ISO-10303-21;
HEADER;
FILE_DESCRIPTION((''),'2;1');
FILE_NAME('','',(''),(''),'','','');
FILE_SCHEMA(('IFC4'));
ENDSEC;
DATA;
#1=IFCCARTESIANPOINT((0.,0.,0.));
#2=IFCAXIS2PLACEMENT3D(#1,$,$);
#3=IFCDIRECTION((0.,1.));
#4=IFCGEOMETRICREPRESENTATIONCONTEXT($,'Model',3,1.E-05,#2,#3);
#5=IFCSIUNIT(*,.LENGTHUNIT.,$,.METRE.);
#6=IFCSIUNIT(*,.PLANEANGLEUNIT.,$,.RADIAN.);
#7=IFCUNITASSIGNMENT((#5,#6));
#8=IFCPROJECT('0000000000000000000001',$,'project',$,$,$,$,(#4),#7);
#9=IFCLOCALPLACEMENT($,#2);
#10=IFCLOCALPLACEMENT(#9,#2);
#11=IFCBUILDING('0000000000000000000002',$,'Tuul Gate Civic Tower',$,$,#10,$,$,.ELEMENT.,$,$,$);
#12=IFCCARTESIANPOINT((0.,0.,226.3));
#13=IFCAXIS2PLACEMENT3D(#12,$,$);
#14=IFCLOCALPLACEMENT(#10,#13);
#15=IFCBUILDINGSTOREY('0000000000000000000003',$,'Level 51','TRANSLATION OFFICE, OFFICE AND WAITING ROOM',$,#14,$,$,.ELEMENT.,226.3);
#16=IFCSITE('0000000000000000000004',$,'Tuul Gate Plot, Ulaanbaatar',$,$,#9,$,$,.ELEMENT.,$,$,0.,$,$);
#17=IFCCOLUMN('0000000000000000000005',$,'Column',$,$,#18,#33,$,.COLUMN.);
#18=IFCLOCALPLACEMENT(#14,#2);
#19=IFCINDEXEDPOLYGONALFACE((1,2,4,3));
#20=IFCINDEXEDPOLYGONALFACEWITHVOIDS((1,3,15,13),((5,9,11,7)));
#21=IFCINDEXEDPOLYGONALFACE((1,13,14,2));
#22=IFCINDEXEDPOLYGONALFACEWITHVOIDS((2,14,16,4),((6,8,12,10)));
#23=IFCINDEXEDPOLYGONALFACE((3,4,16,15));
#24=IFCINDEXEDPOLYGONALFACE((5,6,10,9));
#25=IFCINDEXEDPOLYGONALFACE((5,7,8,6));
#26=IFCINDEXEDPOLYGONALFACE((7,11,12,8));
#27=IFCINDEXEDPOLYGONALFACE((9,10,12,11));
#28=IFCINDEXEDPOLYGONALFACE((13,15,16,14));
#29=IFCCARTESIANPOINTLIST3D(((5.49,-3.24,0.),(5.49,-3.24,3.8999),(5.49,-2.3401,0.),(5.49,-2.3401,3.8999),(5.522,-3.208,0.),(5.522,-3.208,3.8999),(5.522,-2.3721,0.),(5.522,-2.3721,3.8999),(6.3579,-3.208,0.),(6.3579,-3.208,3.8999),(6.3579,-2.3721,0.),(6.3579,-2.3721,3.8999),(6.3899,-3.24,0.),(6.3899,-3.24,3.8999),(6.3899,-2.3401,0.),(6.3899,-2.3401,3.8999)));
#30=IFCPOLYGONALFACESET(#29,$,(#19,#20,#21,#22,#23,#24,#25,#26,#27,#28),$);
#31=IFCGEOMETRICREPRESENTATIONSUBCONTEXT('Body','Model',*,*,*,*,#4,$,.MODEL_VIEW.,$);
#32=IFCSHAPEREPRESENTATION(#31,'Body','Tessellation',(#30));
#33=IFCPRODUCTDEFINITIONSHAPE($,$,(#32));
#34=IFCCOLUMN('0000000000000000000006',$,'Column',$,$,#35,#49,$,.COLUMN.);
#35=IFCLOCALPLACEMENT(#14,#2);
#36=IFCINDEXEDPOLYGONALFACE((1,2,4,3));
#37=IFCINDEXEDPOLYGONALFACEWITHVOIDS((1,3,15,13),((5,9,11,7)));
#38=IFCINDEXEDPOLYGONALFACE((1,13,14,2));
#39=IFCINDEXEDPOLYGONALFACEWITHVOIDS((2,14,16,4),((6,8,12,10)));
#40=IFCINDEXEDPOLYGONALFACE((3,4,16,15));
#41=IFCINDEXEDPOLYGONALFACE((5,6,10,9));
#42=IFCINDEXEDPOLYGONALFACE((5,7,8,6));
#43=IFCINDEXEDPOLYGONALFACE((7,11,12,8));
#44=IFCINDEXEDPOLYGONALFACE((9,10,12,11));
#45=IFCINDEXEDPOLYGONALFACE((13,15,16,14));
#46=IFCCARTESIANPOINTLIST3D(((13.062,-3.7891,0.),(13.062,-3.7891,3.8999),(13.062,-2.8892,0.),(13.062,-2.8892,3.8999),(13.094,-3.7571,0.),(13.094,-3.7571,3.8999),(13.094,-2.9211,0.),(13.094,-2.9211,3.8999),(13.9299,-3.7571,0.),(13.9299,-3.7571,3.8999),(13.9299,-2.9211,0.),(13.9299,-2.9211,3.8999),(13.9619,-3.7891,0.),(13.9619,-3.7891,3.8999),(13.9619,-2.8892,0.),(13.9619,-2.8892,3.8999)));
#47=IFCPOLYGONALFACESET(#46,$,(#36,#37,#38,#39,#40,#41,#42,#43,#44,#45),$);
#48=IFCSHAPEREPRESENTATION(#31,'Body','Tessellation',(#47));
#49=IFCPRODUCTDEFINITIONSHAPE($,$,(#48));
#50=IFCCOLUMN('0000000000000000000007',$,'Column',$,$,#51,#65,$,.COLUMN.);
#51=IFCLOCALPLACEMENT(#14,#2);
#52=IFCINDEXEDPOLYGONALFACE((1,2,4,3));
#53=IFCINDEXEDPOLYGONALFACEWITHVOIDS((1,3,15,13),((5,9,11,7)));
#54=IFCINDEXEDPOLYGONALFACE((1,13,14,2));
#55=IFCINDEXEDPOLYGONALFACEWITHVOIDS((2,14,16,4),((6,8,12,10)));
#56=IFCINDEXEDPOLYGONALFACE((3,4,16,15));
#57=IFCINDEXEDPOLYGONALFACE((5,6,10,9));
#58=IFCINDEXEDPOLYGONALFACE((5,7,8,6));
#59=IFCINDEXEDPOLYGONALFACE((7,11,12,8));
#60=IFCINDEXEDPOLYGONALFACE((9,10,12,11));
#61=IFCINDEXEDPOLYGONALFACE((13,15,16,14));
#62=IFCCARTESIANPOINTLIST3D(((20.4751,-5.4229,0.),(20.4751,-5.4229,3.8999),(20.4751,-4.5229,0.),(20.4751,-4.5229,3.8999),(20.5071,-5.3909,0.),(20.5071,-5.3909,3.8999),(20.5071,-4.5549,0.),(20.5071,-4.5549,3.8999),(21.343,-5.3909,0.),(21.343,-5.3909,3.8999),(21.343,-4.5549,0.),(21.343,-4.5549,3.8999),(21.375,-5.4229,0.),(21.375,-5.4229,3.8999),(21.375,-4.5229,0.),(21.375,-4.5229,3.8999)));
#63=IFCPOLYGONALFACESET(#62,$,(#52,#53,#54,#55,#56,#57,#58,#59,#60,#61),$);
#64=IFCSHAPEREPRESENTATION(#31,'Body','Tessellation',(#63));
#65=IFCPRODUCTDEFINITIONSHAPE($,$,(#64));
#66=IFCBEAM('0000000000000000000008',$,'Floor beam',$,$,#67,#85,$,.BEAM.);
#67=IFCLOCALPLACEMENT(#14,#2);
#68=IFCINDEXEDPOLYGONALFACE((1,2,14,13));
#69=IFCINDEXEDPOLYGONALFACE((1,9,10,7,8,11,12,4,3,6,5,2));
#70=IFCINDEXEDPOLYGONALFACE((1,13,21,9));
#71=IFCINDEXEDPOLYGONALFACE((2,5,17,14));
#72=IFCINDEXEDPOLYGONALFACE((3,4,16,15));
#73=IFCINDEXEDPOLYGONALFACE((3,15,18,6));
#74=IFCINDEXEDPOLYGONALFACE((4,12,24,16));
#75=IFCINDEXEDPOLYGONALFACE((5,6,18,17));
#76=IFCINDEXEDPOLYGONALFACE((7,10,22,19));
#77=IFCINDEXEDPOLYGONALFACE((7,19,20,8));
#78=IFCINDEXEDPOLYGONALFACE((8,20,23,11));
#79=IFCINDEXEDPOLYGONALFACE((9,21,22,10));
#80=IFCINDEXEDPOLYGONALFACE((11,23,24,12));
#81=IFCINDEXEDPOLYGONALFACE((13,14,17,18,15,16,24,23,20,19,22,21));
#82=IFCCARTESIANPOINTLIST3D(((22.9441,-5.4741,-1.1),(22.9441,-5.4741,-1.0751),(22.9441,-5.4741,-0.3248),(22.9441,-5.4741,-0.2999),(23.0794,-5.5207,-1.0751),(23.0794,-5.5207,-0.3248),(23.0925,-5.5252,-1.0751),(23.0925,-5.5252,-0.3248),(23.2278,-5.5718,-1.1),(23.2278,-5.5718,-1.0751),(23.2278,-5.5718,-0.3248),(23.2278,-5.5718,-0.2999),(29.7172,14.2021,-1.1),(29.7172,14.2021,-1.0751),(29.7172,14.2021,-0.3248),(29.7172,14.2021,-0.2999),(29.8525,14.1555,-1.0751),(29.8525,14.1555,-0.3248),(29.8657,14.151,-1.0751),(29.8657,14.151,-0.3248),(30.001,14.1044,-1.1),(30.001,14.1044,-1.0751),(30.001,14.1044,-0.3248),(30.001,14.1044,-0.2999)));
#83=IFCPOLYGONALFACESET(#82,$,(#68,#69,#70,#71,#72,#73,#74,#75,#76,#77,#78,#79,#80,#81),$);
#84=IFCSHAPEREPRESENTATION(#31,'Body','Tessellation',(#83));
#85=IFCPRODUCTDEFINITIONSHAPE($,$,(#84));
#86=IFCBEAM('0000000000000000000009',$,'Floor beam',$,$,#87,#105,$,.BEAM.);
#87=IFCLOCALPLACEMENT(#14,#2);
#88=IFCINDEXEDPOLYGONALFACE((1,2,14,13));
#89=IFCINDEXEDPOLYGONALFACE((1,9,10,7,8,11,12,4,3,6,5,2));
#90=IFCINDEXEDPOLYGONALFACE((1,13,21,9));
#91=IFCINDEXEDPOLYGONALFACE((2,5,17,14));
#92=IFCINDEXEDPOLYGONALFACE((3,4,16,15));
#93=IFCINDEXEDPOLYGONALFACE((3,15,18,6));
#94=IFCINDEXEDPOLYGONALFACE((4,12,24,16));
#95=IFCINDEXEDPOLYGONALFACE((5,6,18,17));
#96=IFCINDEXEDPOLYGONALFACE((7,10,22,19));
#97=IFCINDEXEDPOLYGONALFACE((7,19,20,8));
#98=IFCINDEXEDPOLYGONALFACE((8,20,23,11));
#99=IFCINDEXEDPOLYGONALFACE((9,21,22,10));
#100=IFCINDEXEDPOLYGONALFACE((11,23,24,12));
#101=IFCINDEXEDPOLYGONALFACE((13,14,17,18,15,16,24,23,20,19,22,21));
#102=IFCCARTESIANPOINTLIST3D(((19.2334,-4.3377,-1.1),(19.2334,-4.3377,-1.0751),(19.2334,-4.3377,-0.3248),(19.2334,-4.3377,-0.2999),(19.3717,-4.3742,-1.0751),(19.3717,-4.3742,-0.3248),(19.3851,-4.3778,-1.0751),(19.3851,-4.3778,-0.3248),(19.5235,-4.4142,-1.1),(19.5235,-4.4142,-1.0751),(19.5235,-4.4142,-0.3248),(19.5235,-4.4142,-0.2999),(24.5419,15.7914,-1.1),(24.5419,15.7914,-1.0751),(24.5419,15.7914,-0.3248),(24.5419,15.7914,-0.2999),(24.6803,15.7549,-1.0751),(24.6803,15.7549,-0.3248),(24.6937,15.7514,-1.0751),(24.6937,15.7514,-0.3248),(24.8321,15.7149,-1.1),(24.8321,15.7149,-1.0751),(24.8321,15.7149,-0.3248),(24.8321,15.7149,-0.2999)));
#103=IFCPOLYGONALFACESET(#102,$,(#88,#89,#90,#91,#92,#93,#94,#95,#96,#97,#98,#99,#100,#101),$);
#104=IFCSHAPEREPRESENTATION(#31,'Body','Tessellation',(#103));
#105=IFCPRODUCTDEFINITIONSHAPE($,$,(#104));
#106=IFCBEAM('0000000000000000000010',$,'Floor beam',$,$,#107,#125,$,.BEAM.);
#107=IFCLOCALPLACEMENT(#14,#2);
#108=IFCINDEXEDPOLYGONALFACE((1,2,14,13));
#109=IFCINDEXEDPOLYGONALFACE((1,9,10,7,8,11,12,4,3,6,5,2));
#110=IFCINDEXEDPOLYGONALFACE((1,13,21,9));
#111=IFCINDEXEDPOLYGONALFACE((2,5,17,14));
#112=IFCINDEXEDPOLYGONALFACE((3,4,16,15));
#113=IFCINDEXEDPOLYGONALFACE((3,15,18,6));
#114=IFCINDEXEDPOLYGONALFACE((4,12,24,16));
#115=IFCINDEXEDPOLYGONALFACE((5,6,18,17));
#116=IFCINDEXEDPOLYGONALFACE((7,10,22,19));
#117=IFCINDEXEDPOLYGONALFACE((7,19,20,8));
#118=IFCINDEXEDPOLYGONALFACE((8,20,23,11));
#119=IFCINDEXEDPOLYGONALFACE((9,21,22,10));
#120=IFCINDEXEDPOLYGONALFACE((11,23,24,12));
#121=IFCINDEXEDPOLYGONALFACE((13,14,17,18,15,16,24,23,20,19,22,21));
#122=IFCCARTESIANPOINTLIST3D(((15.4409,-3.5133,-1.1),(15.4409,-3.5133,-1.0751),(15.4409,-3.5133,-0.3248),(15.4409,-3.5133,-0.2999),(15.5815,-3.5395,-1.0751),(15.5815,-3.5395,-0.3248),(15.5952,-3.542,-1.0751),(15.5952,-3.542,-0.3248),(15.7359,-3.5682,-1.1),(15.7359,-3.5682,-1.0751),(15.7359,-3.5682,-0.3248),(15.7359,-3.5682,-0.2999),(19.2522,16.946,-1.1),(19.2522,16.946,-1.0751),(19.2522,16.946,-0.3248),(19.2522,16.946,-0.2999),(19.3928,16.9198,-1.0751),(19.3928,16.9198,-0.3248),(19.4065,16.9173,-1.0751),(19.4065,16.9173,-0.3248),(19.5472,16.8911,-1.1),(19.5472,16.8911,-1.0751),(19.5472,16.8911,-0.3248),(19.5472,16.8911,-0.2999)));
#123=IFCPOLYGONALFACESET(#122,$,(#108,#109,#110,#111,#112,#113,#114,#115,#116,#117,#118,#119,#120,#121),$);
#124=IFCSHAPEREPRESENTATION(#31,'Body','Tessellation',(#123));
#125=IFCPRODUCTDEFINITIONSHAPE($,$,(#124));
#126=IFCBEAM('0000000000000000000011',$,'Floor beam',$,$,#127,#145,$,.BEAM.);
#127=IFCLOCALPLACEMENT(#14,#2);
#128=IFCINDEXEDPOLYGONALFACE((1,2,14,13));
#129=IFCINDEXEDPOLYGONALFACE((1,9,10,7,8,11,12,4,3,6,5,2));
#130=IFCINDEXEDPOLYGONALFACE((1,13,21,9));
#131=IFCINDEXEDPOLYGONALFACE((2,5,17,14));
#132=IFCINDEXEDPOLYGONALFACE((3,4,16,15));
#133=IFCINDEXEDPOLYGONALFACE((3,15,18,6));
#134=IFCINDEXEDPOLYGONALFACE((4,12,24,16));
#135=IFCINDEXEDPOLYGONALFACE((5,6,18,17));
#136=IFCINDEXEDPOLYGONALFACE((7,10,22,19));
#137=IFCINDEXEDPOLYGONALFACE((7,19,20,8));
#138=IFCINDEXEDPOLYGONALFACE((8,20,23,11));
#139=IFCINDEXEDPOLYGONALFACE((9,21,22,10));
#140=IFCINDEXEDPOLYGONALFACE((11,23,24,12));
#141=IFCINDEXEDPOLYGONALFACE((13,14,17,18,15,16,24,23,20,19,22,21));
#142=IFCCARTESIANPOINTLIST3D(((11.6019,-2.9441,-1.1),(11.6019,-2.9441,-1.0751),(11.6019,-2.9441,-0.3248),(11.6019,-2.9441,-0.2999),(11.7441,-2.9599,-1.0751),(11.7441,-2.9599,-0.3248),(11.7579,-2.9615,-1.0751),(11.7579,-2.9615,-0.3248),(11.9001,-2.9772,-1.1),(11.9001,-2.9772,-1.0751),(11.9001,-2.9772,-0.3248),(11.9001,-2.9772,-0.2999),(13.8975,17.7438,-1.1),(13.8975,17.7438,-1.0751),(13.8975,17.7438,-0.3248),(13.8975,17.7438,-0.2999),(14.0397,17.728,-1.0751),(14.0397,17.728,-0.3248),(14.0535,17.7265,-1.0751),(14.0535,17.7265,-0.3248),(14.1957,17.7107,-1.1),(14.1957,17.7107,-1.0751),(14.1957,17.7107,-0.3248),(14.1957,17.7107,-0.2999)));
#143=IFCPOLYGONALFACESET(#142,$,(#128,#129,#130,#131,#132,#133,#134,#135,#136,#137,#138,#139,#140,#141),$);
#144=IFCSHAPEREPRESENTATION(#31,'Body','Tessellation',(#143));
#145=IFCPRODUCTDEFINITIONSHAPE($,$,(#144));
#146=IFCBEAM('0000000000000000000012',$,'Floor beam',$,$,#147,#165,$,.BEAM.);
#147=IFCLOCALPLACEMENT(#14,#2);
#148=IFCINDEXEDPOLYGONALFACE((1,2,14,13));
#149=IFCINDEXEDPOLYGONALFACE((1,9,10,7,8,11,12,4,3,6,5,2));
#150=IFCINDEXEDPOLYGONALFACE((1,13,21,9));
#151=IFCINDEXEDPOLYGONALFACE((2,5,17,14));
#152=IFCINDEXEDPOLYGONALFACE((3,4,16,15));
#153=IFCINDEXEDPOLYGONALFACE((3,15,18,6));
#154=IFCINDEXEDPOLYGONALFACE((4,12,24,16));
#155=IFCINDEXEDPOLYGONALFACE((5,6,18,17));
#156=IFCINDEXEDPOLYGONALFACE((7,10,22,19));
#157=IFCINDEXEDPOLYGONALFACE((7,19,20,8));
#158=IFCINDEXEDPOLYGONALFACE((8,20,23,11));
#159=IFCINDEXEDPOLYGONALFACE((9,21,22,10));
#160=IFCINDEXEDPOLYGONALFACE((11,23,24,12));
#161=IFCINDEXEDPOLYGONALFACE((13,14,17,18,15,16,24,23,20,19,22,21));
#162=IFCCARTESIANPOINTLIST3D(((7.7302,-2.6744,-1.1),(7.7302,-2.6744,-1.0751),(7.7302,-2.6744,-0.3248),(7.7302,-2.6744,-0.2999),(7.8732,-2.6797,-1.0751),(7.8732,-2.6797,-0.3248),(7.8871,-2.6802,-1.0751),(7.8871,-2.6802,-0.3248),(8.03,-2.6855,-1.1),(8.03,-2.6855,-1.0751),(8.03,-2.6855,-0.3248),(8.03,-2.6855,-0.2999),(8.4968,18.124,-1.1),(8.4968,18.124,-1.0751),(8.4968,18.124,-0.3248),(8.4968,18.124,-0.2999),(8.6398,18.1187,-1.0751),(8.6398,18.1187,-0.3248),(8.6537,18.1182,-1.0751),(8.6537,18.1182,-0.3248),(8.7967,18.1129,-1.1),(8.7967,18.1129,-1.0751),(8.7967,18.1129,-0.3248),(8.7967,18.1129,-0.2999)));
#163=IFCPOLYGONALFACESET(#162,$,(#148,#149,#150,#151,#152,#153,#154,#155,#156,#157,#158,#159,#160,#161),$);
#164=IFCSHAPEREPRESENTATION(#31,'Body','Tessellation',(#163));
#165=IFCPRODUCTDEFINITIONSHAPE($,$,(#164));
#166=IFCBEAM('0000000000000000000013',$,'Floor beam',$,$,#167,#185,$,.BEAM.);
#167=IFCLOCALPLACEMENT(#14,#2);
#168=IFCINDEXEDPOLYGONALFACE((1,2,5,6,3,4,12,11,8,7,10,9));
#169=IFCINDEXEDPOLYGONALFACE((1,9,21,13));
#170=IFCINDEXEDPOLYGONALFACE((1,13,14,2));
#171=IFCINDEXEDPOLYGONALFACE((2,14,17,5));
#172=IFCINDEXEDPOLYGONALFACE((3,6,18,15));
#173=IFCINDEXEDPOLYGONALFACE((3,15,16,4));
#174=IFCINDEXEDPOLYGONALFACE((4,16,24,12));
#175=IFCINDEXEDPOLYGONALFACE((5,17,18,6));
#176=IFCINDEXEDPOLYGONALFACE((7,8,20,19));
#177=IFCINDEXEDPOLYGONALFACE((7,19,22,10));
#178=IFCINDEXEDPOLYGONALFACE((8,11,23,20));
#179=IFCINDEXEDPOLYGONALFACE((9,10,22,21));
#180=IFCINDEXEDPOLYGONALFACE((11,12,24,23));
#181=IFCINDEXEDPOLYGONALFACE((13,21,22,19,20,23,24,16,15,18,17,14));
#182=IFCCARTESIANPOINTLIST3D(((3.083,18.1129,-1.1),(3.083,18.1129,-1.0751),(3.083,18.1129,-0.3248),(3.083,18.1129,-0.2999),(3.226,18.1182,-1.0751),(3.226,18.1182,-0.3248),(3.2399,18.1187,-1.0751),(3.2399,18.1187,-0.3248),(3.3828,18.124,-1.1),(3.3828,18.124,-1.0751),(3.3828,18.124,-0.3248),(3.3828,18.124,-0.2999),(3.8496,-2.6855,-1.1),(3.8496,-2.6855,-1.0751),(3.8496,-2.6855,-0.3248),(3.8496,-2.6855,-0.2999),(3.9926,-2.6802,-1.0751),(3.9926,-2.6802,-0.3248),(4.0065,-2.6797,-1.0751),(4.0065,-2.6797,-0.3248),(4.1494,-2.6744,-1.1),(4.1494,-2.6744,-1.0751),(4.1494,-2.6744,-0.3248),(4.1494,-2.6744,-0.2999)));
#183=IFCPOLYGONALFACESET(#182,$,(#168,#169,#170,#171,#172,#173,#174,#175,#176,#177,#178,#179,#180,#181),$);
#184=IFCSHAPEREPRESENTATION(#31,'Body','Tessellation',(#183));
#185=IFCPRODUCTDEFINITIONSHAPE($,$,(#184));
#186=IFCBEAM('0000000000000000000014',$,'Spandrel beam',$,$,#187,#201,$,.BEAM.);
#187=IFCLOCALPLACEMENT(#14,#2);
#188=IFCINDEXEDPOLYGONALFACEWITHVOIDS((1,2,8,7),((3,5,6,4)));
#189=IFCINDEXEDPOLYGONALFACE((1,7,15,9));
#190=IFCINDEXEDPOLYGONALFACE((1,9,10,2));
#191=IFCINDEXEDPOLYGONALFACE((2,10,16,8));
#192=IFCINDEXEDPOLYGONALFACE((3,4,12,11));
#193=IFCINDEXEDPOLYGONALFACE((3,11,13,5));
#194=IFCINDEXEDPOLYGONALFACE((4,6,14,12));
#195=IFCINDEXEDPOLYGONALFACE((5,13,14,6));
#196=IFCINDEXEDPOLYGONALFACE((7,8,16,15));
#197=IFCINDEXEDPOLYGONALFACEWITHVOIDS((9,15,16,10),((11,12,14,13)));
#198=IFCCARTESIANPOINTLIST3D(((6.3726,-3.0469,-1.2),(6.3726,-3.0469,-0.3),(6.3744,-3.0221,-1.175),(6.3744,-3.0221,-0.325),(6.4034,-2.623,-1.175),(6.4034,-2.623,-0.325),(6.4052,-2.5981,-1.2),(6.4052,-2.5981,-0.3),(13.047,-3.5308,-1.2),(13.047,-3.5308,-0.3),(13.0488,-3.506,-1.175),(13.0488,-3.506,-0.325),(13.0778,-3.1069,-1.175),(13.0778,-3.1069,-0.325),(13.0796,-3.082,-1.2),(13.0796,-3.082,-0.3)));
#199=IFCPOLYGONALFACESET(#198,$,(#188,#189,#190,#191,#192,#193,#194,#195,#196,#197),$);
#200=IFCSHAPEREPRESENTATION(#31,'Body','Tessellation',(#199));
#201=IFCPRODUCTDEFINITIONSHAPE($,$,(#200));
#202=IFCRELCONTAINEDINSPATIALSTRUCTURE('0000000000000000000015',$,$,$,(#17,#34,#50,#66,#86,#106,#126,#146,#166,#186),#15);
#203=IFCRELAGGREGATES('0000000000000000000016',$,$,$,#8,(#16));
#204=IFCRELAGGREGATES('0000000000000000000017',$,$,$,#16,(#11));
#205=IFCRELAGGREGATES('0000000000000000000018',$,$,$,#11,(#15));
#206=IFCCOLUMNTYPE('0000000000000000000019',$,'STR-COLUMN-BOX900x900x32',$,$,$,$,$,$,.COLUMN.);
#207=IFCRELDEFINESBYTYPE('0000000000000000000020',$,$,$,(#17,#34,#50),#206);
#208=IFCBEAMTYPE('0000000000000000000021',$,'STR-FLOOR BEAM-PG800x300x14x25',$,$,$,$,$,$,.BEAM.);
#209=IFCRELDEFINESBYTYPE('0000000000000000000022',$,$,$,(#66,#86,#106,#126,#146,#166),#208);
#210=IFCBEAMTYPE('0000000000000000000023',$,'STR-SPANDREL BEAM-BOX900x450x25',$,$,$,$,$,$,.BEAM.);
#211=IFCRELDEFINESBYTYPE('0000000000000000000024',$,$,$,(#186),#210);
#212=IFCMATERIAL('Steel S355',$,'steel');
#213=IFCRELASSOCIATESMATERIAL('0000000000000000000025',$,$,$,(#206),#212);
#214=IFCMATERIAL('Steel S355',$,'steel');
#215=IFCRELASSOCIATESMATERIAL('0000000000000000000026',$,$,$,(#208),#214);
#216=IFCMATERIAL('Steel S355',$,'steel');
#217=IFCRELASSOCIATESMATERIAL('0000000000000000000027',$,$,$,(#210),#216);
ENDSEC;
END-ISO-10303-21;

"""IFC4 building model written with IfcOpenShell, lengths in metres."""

from ifc_helpers import new_model, si_unit, direction, frame, origin, origin_2d, place, context, subcontext, project, spatial, hollow_rectangle, i_section, extrude, material, material_profile, profile_set, type_object, element, save


model = new_model("IFC4")

# Units and contexts
model_context = context("Model", 3, precision=1e-05, world=origin(), true_north=direction((0.0, 1.0)))
body_context = subcontext(model_context, "Body", "Model", "MODEL_VIEW")
ifc_project = project(units=[si_unit("LENGTHUNIT", "METRE"), si_unit("PLANEANGLEUNIT", "RADIAN")], contexts=[model_context])

# Site, building, storey
site_placement = place(None, origin())
site = spatial("IfcSite", under=ifc_project, at=site_placement, Name="Tuul Gate Plot, Ulaanbaatar", CompositionType="ELEMENT", RefElevation=0.0)
building_placement = place(site_placement, origin())
building = spatial("IfcBuilding", under=site, at=building_placement, Name="Tuul Gate Civic Tower", CompositionType="ELEMENT")
storey_placement = place(building_placement, frame((0.0, 0.0, 226.3)))
storey = spatial("IfcBuildingStorey", under=building, at=storey_placement, Name="Level 51", Description="TRANSLATION OFFICE, OFFICE AND WAITING ROOM", CompositionType="ELEMENT", Elevation=226.3)

# Columns
ifc_material_1 = material(Name="Steel S355", Category="steel")
ifc_material_profile_1 = material_profile(ifc_material_1, hollow_rectangle(XDim=0.8999, YDim=0.8999, WallThickness=0.032, at=origin_2d()), Name="BOX900x900x32")
ifc_profile_set_1 = profile_set([ifc_material_profile_1], Name="Steel S355")
column_type = type_object("IfcColumnType", Name="STR-COLUMN-BOX900x900x32", PredefinedType="COLUMN", material=ifc_profile_set_1)
for number, where, z_axis, x_axis, name in (
    (1, (5.9399, -2.79, 0.0), (0.0, 0.0, 1.0), (1.0, 0.0, 0.0), "Column"),
    (2, (13.512, -3.3391, 0.0), (0.0, 0.0, 1.0), (1.0, 0.0, 0.0), "Column"),
    (3, (20.925, -4.9729, 0.0), (0.0, 0.0, 1.0), (1.0, 0.0, 0.0), "Column"),
):
    element("IfcColumn", number, at=place(storey_placement, frame(where, z_axis=z_axis, x_axis=x_axis)), inside=storey, type_object=column_type, Name=name, PredefinedType="COLUMN", context=body_context, shape_type="SweptSolid", body=[
        extrude(hollow_rectangle(XDim=0.8999, YDim=0.8999, WallThickness=0.032, at=origin_2d()), origin(), (0.0, 0.0, 1.0), 3.8999),
    ])

# Beams
ifc_material_2 = material(Name="Steel S355", Category="steel")
ifc_material_profile_2 = material_profile(ifc_material_2, i_section(OverallWidth=0.3, OverallDepth=0.8, WebThickness=0.0139, FlangeThickness=0.0249, at=origin_2d()), Name="PG800x300x14x25")
ifc_profile_set_2 = profile_set([ifc_material_profile_2], Name="Steel S355")
beam_type_1 = type_object("IfcBeamType", Name="STR-FLOOR BEAM-PG800x300x14x25", PredefinedType="BEAM", material=ifc_profile_set_2)
beam_1_placement = place(storey_placement, frame((23.0859, -5.5229, -0.7), z_axis=(0.325487, 0.945547, 0.0), x_axis=(-0.945547, 0.325487, 0.0)))
element("IfcBeam", 4, at=beam_1_placement, inside=storey, type_object=beam_type_1, Name="Floor beam", PredefinedType="BEAM", context=body_context, shape_type="SweptSolid", body=[
    extrude(i_section(OverallWidth=0.3, OverallDepth=0.8, WebThickness=0.0139, FlangeThickness=0.0249, at=origin_2d()), origin(), (0.0, 0.0, 1.0), 20.8093),
])
beam_2_placement = place(storey_placement, frame((19.3784, -4.376, -0.7), z_axis=(0.255008, 0.966939, 0.0), x_axis=(-0.966939, 0.255008, 0.0)))
element("IfcBeam", 5, at=beam_2_placement, inside=storey, type_object=beam_type_1, Name="Floor beam", PredefinedType="BEAM", context=body_context, shape_type="SweptSolid", body=[
    extrude(i_section(OverallWidth=0.3, OverallDepth=0.8, WebThickness=0.0139, FlangeThickness=0.0249, at=origin_2d()), origin(), (0.0, 0.0, 1.0), 20.8174),
])
beam_3_placement = place(storey_placement, frame((15.5884, -3.5408, -0.7), z_axis=(0.183136, 0.983088, 0.0), x_axis=(-0.983088, 0.183136, 0.0)))
element("IfcBeam", 6, at=beam_3_placement, inside=storey, type_object=beam_type_1, Name="Floor beam", PredefinedType="BEAM", context=body_context, shape_type="SweptSolid", body=[
    extrude(i_section(OverallWidth=0.3, OverallDepth=0.8, WebThickness=0.0139, FlangeThickness=0.0249, at=origin_2d()), origin(), (0.0, 0.0, 1.0), 20.8113),
])
beam_4_placement = place(storey_placement, frame((11.751, -2.9607, -0.7), z_axis=(0.110289, 0.9939, 0.0), x_axis=(-0.9939, 0.110289, 0.0)))
element("IfcBeam", 7, at=beam_4_placement, inside=storey, type_object=beam_type_1, Name="Floor beam", PredefinedType="BEAM", context=body_context, shape_type="SweptSolid", body=[
    extrude(i_section(OverallWidth=0.3, OverallDepth=0.8, WebThickness=0.0139, FlangeThickness=0.0249, at=origin_2d()), origin(), (0.0, 0.0, 1.0), 20.8149),
])
for number, where, z_axis, x_axis, name in (
    (8, (7.8801, -2.6799, -0.7), (0.036834, 0.999321, 0.0), (-0.999321, 0.036834, 0.0), "Floor beam"),
    (9, (3.9995, -2.6799, -0.7), (-0.036834, 0.999321, 0.0), (-0.999321, -0.036834, 0.0), "Floor beam"),
):
    element("IfcBeam", number, at=place(storey_placement, frame(where, z_axis=z_axis, x_axis=x_axis)), inside=storey, type_object=beam_type_1, Name=name, PredefinedType="BEAM", context=body_context, shape_type="SweptSolid", body=[
        extrude(i_section(OverallWidth=0.3, OverallDepth=0.8, WebThickness=0.0139, FlangeThickness=0.0249, at=origin_2d()), origin(), (0.0, 0.0, 1.0), 20.8125),
    ])
ifc_material_3 = material(Name="Steel S355", Category="steel")
ifc_material_profile_3 = material_profile(ifc_material_3, hollow_rectangle(XDim=0.45, YDim=0.8999, WallThickness=0.0249, at=origin_2d()), Name="BOX900x450x25")
ifc_profile_set_3 = profile_set([ifc_material_profile_3], Name="Steel S355")
beam_type_2 = type_object("IfcBeamType", Name="STR-SPANDREL BEAM-BOX900x450x25", PredefinedType="BEAM", material=ifc_profile_set_3)
beam_5_placement = place(storey_placement, frame((6.3889, -2.8225, -0.75), z_axis=(0.997382, -0.07231, 0.0), x_axis=(0.07231, 0.997382, 0.0)))
element("IfcBeam", 10, at=beam_5_placement, inside=storey, type_object=beam_type_2, Name="Spandrel beam", PredefinedType="BEAM", context=body_context, shape_type="SweptSolid", body=[
    extrude(hollow_rectangle(XDim=0.45, YDim=0.8999, WallThickness=0.0249, at=origin_2d()), origin(), (0.0, 0.0, 1.0), 6.6919),
])

save(model, "model.ifc")
